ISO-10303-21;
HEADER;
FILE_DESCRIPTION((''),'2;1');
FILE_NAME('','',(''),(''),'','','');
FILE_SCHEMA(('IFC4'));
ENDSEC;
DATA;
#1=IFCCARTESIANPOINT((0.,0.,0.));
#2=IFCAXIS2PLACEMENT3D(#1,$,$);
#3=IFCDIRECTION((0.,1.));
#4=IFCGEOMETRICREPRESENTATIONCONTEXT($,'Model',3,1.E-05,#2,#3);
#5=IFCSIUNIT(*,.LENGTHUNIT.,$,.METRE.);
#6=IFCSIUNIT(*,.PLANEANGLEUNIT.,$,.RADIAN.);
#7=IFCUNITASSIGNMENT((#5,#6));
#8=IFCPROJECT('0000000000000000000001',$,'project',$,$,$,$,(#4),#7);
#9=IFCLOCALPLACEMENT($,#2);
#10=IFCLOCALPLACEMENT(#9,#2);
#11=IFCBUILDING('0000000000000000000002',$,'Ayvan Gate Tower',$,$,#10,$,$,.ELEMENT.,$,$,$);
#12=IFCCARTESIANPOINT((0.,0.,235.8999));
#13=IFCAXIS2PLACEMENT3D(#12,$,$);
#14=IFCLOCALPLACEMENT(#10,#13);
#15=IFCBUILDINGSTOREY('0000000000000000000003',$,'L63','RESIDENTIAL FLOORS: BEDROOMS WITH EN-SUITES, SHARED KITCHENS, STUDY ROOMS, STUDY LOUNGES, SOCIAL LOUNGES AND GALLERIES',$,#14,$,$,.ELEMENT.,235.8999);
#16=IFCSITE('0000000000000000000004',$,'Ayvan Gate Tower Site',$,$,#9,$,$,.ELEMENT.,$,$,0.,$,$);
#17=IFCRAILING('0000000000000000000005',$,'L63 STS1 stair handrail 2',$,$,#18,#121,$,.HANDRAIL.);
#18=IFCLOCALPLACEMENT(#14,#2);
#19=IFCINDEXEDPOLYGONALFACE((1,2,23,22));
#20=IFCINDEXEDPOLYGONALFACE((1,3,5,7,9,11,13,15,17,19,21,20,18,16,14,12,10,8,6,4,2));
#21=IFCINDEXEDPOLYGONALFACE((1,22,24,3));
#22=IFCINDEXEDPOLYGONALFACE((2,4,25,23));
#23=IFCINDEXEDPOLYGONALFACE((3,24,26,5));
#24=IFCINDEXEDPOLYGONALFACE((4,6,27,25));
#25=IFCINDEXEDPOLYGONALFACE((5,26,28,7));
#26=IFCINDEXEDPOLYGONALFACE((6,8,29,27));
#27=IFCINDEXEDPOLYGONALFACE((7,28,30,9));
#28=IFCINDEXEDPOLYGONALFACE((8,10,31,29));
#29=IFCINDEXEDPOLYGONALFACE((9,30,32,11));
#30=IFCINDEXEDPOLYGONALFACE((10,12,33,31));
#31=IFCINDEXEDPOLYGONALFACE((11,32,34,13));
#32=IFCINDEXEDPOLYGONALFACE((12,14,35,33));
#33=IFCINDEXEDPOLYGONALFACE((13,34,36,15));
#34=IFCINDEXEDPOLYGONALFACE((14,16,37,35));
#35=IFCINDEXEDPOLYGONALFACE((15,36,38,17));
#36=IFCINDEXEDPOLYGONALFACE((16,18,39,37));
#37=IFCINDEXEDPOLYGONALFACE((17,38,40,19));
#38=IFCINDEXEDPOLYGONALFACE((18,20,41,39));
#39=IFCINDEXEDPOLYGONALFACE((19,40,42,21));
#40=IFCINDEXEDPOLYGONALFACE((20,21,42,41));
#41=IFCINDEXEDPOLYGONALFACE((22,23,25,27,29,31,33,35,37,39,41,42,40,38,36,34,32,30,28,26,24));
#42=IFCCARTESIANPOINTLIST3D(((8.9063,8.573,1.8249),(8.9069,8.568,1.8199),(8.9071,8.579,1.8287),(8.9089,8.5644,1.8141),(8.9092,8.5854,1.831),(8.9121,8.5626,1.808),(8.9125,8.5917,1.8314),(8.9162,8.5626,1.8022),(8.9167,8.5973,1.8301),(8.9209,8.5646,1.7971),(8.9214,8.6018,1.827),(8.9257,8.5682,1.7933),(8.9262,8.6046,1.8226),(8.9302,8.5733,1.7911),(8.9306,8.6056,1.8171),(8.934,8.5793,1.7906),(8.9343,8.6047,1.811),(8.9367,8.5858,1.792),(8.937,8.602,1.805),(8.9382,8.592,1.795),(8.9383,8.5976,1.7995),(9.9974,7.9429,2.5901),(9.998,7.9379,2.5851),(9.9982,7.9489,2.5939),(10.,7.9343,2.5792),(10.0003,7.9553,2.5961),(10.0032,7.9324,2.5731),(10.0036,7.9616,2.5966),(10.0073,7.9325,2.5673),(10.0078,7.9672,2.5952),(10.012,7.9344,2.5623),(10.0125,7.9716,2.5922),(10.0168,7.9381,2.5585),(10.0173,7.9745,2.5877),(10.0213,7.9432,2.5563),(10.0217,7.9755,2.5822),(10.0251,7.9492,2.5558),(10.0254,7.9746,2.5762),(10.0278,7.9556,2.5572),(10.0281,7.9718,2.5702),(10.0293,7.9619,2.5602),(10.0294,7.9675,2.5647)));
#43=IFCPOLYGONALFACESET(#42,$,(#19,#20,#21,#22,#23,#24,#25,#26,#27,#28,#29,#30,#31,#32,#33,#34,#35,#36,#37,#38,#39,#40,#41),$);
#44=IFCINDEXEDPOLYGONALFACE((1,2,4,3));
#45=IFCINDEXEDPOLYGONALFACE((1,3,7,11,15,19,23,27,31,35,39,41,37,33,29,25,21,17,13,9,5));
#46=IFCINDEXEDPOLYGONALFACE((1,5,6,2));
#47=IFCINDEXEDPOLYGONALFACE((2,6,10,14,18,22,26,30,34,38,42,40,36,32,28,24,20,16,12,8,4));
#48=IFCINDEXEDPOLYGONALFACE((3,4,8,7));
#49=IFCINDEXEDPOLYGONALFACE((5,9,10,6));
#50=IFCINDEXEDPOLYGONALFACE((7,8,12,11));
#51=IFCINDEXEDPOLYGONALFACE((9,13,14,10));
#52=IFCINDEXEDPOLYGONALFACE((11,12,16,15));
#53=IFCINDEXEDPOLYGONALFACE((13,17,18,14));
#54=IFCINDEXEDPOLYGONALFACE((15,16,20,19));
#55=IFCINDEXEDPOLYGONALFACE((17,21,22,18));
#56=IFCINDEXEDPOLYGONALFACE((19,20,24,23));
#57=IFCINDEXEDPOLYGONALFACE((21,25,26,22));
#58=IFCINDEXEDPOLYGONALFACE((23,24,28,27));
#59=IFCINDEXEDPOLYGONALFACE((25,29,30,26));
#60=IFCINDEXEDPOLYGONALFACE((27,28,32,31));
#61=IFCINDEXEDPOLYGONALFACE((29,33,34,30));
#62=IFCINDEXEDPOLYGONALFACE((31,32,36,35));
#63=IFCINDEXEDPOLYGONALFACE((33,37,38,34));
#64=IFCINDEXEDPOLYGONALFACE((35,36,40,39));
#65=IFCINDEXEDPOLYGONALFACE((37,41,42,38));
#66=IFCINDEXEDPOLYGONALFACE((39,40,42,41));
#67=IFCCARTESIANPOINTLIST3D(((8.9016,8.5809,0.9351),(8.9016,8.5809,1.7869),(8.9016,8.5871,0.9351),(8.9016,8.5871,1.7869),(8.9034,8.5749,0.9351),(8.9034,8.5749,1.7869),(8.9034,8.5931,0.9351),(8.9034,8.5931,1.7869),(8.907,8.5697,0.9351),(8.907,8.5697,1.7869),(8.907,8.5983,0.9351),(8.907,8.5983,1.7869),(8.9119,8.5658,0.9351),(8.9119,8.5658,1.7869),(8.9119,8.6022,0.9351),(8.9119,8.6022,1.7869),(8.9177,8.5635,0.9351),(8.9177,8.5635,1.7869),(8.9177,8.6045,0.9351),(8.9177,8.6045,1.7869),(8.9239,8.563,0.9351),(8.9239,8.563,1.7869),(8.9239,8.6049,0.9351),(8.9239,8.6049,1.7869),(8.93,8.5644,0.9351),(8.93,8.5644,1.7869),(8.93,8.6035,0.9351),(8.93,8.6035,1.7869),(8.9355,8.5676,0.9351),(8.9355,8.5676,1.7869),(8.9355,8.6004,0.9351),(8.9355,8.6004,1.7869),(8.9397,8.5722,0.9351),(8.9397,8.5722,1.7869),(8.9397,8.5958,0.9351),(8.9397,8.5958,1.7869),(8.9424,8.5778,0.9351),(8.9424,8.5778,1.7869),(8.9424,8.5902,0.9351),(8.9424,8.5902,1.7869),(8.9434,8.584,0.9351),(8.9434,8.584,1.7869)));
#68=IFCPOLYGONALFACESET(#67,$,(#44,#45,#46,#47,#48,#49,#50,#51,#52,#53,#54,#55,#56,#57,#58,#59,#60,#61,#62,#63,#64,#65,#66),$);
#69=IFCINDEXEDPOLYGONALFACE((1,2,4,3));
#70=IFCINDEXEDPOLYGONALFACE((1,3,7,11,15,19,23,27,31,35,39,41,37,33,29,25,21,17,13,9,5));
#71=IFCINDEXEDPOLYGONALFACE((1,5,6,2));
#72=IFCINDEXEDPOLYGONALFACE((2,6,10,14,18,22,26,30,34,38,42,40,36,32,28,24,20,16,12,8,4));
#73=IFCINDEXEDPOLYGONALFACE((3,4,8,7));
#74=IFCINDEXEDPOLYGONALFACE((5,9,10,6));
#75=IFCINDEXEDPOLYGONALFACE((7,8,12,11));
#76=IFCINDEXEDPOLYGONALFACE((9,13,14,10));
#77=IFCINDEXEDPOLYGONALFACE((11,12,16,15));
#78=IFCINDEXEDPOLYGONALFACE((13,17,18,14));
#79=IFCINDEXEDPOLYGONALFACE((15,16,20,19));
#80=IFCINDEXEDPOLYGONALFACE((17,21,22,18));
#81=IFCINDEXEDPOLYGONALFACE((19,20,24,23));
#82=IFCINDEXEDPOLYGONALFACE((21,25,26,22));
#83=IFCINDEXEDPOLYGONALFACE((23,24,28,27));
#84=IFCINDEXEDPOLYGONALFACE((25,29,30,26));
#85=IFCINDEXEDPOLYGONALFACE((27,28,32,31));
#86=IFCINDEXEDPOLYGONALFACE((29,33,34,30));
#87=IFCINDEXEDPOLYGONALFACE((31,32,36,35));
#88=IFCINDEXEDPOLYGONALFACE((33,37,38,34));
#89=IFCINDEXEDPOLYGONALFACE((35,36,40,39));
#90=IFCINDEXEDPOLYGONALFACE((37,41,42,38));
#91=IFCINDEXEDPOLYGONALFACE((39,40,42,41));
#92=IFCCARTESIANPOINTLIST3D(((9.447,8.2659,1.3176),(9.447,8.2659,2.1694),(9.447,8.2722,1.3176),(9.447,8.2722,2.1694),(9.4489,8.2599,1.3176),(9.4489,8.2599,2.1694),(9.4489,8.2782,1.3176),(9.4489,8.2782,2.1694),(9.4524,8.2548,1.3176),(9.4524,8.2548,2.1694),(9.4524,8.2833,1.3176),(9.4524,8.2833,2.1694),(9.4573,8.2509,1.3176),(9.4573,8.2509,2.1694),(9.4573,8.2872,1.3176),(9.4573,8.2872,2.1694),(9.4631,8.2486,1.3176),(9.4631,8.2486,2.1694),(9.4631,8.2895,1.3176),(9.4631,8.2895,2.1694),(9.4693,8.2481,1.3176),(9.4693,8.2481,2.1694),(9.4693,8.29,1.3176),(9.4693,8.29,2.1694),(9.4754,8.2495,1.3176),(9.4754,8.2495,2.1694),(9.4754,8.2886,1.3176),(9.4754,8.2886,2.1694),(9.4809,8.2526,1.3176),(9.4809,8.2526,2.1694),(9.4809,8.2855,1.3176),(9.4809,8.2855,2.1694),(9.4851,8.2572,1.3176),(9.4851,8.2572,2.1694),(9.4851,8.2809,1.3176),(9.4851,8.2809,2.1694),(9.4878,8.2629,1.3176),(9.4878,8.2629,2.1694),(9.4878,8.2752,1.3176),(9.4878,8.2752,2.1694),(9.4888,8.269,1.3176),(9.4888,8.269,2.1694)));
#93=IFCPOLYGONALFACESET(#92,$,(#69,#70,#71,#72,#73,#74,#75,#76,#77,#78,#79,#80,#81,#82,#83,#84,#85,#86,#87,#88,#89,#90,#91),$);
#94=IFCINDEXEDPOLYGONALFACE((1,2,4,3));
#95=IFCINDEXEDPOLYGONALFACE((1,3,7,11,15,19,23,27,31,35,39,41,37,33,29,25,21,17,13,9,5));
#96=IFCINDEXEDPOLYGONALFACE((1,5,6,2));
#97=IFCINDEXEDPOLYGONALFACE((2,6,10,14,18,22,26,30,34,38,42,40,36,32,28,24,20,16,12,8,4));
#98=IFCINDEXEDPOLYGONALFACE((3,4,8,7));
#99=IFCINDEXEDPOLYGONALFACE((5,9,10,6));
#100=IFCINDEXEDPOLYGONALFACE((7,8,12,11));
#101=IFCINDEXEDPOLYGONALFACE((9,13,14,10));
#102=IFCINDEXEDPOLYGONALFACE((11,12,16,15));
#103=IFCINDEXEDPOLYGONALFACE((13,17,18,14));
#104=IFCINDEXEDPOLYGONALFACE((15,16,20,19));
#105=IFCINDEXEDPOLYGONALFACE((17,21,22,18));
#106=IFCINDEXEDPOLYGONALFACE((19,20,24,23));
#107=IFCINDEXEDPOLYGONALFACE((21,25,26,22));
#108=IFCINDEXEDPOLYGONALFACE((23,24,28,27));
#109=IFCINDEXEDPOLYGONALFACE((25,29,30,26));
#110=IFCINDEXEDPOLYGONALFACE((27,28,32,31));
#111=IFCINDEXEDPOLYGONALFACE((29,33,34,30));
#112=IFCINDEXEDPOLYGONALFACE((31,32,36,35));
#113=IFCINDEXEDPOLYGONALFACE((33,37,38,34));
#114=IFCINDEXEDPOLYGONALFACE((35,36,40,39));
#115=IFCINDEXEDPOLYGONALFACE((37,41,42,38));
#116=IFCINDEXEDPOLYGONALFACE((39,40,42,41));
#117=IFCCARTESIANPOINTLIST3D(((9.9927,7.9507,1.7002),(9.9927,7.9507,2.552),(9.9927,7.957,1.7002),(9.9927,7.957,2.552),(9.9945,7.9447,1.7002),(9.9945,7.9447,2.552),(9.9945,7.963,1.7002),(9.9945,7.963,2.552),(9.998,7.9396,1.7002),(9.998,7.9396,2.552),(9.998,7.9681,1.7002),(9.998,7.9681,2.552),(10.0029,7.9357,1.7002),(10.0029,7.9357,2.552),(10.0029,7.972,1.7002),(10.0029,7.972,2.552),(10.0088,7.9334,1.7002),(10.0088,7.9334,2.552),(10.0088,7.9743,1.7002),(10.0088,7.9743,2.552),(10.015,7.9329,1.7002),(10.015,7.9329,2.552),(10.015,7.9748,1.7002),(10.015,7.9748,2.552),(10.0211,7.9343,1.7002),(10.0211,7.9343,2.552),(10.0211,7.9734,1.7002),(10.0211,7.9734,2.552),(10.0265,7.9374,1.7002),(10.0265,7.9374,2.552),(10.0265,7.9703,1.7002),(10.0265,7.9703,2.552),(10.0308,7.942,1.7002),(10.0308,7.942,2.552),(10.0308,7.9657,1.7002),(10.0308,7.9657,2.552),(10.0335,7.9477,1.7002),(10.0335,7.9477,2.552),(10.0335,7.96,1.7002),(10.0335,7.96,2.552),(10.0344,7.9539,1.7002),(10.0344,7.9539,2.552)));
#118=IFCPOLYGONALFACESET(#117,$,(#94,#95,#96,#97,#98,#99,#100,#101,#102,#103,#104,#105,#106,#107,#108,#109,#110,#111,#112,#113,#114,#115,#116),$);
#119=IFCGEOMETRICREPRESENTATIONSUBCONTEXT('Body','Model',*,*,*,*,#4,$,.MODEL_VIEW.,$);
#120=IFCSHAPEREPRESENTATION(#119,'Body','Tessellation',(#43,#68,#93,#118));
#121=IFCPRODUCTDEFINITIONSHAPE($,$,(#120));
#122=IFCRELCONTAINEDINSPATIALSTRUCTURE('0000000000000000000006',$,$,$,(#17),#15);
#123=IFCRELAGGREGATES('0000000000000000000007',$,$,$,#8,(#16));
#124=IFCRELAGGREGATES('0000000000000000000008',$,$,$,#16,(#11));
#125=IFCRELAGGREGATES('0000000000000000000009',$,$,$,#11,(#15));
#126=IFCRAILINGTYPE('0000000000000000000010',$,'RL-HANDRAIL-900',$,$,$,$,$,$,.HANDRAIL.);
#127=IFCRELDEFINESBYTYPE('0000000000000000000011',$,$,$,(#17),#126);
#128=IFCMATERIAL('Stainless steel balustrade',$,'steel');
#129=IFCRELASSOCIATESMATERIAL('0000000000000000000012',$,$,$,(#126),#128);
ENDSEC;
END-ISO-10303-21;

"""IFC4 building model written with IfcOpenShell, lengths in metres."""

from ifc_helpers import new_model, si_unit, direction, frame, origin, origin_2d, place, context, subcontext, project, spatial, circle, extrude, material, type_object, element, save


model = new_model("IFC4")

# Units and contexts
model_context = context("Model", 3, precision=1e-05, world=origin(), true_north=direction((0.0, 1.0)))
body_context = subcontext(model_context, "Body", "Model", "MODEL_VIEW")
ifc_project = project(units=[si_unit("LENGTHUNIT", "METRE"), si_unit("PLANEANGLEUNIT", "RADIAN")], contexts=[model_context])

# Site, building, storey
site_placement = place(None, origin())
site = spatial("IfcSite", under=ifc_project, at=site_placement, Name="Ayvan Gate Tower Site", CompositionType="ELEMENT", RefElevation=0.0)
building_placement = place(site_placement, origin())
building = spatial("IfcBuilding", under=site, at=building_placement, Name="Ayvan Gate Tower", CompositionType="ELEMENT")
storey_placement = place(building_placement, frame((0.0, 0.0, 235.8999)))
storey = spatial("IfcBuildingStorey", under=building, at=storey_placement, Name="L63", Description="RESIDENTIAL FLOORS: BEDROOMS WITH EN-SUITES, SHARED KITCHENS, STUDY ROOMS, STUDY LOUNGES, SOCIAL LOUNGES AND GALLERIES", CompositionType="ELEMENT", Elevation=235.8999)

# Railing
ifc_material_1 = material(Name="Stainless steel balustrade", Category="steel")
railing_type_1 = type_object("IfcRailingType", Name="RL-HANDRAIL-900", PredefinedType="HANDRAIL", material=ifc_material_1)
railing_1_placement = place(storey_placement, frame((8.9224, 8.584, 0.9351)))
element("IfcRailing", 1, at=railing_1_placement, inside=storey, type_object=railing_type_1, Name="L63 STS1 stair handrail 2", PredefinedType="HANDRAIL", context=body_context, shape_type="SweptSolid", body=[
    extrude(circle(Radius=0.0239, at=origin_2d()), frame((0.0, 0.0, 0.876), z_axis=(0.740166, -0.427471, 0.51906), x_axis=(0.500119, 0.865956, 0.0)), (0.0, 0.0, 1.0), 1.4741),
    extrude(circle(Radius=0.021, at=origin_2d()), origin(), (0.0, 0.0, 1.0), 0.8518),
    extrude(circle(Radius=0.021, at=origin_2d()), frame((0.5454, -0.3149, 0.3826)), (0.0, 0.0, 1.0), 0.8518),
    extrude(circle(Radius=0.021, at=origin_2d()), frame((1.0911, -0.6301, 0.7651)), (0.0, 0.0, 1.0), 0.8518),
])

save(model, "model.ifc")
